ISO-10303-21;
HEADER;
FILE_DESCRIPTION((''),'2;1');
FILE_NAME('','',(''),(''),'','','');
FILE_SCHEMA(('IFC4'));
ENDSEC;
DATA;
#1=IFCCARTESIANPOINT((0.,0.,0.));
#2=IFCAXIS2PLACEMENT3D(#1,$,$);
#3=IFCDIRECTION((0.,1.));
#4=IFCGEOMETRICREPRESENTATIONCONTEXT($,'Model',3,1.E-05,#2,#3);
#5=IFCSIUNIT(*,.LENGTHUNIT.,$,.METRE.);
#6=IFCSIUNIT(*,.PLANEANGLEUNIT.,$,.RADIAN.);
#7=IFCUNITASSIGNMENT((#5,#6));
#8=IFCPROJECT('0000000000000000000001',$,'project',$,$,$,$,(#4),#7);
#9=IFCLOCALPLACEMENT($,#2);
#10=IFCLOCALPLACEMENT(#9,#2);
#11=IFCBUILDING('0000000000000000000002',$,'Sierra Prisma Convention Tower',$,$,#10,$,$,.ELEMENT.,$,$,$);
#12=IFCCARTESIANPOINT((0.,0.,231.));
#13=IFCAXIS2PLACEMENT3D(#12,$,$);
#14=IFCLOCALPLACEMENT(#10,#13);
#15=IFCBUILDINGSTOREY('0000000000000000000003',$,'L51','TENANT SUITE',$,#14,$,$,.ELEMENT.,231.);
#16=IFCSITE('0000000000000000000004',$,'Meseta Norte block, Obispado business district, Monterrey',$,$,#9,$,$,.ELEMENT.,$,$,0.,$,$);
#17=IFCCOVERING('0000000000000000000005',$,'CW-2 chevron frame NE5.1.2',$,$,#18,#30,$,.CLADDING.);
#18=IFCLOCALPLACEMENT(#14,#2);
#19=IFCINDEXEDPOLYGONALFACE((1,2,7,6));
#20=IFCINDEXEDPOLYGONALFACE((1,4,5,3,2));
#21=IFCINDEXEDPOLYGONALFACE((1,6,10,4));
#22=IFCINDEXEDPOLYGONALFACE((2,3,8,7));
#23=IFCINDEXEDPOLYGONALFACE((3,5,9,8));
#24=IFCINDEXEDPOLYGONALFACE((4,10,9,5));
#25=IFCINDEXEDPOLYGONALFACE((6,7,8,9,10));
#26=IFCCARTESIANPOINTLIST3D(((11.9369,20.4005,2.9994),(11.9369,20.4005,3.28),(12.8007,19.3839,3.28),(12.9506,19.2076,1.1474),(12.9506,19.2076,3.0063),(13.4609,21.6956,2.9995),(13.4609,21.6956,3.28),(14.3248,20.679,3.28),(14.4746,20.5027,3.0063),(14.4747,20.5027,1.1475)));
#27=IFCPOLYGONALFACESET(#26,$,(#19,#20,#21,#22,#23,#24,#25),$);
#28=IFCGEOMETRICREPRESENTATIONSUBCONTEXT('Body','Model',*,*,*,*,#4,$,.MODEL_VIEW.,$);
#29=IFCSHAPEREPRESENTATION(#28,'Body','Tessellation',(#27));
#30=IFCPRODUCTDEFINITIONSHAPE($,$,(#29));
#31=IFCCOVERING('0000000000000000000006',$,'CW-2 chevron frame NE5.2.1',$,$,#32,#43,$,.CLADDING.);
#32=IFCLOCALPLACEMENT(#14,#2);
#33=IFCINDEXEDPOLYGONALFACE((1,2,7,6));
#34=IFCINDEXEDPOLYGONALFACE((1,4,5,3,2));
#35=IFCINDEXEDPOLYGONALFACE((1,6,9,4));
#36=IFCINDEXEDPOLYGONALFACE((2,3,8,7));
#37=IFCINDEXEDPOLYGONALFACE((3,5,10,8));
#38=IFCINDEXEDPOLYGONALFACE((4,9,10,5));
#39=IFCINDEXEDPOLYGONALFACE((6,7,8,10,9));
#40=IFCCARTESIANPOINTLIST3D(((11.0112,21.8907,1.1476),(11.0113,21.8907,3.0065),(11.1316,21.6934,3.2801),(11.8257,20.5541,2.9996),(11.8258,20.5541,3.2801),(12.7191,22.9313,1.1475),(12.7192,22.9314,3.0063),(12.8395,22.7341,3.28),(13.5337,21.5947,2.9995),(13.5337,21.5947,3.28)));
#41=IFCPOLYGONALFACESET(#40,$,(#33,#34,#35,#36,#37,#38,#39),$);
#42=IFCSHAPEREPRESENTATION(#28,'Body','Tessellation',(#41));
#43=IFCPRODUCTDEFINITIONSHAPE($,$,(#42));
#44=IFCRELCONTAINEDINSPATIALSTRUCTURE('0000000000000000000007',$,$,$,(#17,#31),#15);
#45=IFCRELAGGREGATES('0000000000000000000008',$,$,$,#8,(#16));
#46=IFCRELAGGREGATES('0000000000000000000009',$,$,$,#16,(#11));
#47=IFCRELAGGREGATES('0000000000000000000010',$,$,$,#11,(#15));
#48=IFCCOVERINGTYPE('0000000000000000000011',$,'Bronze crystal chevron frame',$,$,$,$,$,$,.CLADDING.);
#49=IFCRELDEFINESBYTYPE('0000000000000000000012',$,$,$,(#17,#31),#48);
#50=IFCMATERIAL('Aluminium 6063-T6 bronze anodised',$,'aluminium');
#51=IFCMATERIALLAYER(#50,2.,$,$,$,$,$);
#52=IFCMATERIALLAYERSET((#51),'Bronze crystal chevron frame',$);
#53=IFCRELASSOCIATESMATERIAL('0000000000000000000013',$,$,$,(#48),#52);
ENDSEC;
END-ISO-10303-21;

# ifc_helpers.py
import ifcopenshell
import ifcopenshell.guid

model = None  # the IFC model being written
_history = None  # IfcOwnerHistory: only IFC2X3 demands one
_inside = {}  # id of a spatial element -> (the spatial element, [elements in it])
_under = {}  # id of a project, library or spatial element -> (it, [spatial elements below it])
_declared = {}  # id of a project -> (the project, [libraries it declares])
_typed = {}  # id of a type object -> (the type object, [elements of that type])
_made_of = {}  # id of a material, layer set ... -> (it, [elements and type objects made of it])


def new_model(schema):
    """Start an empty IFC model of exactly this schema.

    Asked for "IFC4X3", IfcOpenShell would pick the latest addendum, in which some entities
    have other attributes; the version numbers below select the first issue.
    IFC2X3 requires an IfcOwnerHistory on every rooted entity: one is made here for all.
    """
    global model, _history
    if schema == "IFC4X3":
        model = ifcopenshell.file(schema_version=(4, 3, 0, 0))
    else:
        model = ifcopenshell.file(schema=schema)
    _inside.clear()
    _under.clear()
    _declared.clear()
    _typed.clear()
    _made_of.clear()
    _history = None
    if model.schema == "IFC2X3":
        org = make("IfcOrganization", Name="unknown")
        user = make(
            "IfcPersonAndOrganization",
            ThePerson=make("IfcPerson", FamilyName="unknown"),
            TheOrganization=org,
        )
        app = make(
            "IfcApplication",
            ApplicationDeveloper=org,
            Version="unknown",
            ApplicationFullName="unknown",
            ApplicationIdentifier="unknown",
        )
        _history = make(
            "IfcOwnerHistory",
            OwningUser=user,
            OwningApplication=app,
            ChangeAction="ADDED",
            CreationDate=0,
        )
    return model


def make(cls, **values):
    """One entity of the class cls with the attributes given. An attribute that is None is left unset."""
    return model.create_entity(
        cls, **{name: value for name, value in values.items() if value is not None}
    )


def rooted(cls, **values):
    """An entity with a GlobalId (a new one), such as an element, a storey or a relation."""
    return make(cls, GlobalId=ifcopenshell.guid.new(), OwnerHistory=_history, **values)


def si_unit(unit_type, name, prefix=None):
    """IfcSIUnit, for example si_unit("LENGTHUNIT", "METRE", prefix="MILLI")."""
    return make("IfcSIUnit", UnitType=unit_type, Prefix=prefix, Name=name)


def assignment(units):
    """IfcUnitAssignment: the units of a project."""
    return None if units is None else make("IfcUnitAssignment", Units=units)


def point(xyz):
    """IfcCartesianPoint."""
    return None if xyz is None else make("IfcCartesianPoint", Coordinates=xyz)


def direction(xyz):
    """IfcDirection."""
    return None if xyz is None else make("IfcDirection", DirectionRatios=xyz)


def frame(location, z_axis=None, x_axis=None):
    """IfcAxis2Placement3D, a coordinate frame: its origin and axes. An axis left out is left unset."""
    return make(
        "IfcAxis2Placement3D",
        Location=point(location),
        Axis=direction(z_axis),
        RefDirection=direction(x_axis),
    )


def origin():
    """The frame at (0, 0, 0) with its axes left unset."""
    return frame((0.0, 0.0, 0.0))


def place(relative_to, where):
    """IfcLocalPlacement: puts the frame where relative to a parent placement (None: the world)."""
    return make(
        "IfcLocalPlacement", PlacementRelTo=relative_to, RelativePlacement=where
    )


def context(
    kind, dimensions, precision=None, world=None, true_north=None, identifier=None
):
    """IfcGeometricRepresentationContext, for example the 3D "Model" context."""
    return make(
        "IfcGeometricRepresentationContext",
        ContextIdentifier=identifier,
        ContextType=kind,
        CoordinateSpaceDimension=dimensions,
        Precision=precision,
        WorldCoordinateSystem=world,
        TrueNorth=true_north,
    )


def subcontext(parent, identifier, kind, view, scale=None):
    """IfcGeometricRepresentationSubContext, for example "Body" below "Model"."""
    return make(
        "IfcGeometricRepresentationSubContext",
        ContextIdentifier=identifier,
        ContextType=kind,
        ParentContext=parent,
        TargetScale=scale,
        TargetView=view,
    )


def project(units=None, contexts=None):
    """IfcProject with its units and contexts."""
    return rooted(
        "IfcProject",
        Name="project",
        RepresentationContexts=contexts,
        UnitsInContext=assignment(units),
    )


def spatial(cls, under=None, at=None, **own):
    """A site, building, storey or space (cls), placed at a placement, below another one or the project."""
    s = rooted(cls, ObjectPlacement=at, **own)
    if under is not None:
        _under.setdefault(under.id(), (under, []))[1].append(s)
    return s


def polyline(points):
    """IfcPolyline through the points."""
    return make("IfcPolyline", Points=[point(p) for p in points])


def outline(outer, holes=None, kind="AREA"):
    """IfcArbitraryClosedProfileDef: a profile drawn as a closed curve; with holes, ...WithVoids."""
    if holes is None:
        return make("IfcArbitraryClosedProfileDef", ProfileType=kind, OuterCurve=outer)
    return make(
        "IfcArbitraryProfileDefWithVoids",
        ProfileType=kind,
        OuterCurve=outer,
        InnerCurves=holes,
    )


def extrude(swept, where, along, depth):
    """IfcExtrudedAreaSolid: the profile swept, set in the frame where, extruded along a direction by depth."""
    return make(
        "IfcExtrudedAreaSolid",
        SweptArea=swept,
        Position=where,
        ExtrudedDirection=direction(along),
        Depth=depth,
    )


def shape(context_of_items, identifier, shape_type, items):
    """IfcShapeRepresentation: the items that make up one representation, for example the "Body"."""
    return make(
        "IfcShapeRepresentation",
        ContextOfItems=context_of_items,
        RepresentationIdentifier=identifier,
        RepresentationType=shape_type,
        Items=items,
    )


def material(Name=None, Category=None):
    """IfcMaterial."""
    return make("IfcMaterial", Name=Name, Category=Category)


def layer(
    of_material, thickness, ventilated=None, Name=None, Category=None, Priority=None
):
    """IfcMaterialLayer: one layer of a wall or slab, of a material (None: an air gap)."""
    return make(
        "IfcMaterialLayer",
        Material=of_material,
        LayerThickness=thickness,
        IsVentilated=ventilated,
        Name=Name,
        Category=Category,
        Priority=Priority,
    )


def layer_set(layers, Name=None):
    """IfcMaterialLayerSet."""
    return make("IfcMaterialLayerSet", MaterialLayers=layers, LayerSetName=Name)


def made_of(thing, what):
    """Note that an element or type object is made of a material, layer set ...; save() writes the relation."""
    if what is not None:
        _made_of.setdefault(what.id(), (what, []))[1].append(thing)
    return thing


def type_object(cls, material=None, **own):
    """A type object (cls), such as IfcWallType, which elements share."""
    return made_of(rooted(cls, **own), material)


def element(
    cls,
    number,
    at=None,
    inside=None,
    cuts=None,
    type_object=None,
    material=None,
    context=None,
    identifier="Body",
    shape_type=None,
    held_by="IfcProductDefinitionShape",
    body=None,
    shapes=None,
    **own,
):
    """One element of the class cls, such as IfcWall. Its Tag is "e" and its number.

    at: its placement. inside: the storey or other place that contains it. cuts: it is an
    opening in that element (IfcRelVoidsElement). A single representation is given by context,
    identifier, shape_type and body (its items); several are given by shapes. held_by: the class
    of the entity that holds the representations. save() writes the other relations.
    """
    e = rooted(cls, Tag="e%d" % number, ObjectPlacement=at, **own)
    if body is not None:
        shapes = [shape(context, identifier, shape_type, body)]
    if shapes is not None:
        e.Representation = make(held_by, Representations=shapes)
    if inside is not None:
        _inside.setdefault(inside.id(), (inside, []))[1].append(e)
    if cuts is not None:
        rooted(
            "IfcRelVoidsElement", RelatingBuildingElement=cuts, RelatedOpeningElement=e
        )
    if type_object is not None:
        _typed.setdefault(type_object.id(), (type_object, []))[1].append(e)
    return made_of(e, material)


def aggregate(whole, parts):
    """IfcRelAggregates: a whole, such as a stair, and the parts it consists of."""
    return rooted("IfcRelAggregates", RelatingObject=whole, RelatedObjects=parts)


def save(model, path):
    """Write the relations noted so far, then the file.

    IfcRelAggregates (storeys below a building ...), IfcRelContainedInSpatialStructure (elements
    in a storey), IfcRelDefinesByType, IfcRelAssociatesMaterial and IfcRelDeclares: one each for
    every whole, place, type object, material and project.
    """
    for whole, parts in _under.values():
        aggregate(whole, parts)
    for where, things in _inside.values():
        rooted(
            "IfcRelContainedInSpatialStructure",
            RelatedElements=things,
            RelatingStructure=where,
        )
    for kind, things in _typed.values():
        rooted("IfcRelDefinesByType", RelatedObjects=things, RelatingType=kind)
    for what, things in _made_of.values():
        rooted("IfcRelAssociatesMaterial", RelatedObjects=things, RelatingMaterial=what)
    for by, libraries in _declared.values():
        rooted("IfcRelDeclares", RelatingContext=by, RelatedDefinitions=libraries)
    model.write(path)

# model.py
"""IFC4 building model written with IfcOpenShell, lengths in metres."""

from ifc_helpers import new_model, si_unit, direction, frame, origin, place, context, subcontext, project, spatial, polyline, outline, extrude, material, layer, layer_set, type_object, element, save


model = new_model("IFC4")

# Units and contexts
model_context = context("Model", 3, precision=1e-05, world=origin(), true_north=direction((0.0, 1.0)))
body_context = subcontext(model_context, "Body", "Model", "MODEL_VIEW")
ifc_project = project(units=[si_unit("LENGTHUNIT", "METRE"), si_unit("PLANEANGLEUNIT", "RADIAN")], contexts=[model_context])

# Site, building, storey
site_placement = place(None, origin())
site = spatial("IfcSite", under=ifc_project, at=site_placement, Name="Meseta Norte block, Obispado business district, Monterrey", CompositionType="ELEMENT", RefElevation=0.0)
building_placement = place(site_placement, origin())
building = spatial("IfcBuilding", under=site, at=building_placement, Name="Sierra Prisma Convention Tower", CompositionType="ELEMENT")
storey_placement = place(building_placement, frame((0.0, 0.0, 231.0)))
storey = spatial("IfcBuildingStorey", under=building, at=storey_placement, Name="L51", Description="TENANT SUITE", CompositionType="ELEMENT", Elevation=231.0)

# Coverings
ifc_material_1 = material(Name="Aluminium 6063-T6 bronze anodised", Category="aluminium")
ifc_layer_1 = layer(ifc_material_1, 2.0)
ifc_layer_set_1 = layer_set([ifc_layer_1], Name="Bronze crystal chevron frame")
covering_type = type_object("IfcCoveringType", Name="Bronze crystal chevron frame", PredefinedType="CLADDING", material=ifc_layer_set_1)
covering_1_placement = place(storey_placement, frame((14.4746, 20.5027, 3.0063), z_axis=(0.762028, 0.647544, 0.000036), x_axis=(0.000028, 0.000023, -1.0)))
element("IfcCovering", 1, at=covering_1_placement, inside=storey, type_object=covering_type, Name="CW-2 chevron frame NE5.1.2", PredefinedType="CLADDING", context=body_context, shape_type="SweptSolid", body=[
    extrude(outline(polyline([(0.0, 0.0), (1.8589, 0.0), (0.0068, 1.5654), (-0.2737, 1.5654), (-0.2737, 0.2314), (0.0, 0.0)])), origin(), (0.0, 0.0, -1.0), 2.0),
])
covering_2_placement = place(storey_placement, frame((13.5337, 21.5947, 3.28), z_axis=(0.853969, 0.520324, -0.000059), x_axis=(-0.000051, -0.000031, -1.0)))
element("IfcCovering", 2, at=covering_2_placement, inside=storey, type_object=covering_type, Name="CW-2 chevron frame NE5.2.1", PredefinedType="CLADDING", context=body_context, shape_type="SweptSolid", body=[
    extrude(outline(polyline([(0.0, 0.0), (0.2805, 0.0), (2.1326, 1.5653), (0.2737, 1.5653), (0.0, 1.3342), (0.0, 0.0)])), origin(), (0.0, 0.0, -1.0), 2.0),
])

save(model, "model.ifc")
